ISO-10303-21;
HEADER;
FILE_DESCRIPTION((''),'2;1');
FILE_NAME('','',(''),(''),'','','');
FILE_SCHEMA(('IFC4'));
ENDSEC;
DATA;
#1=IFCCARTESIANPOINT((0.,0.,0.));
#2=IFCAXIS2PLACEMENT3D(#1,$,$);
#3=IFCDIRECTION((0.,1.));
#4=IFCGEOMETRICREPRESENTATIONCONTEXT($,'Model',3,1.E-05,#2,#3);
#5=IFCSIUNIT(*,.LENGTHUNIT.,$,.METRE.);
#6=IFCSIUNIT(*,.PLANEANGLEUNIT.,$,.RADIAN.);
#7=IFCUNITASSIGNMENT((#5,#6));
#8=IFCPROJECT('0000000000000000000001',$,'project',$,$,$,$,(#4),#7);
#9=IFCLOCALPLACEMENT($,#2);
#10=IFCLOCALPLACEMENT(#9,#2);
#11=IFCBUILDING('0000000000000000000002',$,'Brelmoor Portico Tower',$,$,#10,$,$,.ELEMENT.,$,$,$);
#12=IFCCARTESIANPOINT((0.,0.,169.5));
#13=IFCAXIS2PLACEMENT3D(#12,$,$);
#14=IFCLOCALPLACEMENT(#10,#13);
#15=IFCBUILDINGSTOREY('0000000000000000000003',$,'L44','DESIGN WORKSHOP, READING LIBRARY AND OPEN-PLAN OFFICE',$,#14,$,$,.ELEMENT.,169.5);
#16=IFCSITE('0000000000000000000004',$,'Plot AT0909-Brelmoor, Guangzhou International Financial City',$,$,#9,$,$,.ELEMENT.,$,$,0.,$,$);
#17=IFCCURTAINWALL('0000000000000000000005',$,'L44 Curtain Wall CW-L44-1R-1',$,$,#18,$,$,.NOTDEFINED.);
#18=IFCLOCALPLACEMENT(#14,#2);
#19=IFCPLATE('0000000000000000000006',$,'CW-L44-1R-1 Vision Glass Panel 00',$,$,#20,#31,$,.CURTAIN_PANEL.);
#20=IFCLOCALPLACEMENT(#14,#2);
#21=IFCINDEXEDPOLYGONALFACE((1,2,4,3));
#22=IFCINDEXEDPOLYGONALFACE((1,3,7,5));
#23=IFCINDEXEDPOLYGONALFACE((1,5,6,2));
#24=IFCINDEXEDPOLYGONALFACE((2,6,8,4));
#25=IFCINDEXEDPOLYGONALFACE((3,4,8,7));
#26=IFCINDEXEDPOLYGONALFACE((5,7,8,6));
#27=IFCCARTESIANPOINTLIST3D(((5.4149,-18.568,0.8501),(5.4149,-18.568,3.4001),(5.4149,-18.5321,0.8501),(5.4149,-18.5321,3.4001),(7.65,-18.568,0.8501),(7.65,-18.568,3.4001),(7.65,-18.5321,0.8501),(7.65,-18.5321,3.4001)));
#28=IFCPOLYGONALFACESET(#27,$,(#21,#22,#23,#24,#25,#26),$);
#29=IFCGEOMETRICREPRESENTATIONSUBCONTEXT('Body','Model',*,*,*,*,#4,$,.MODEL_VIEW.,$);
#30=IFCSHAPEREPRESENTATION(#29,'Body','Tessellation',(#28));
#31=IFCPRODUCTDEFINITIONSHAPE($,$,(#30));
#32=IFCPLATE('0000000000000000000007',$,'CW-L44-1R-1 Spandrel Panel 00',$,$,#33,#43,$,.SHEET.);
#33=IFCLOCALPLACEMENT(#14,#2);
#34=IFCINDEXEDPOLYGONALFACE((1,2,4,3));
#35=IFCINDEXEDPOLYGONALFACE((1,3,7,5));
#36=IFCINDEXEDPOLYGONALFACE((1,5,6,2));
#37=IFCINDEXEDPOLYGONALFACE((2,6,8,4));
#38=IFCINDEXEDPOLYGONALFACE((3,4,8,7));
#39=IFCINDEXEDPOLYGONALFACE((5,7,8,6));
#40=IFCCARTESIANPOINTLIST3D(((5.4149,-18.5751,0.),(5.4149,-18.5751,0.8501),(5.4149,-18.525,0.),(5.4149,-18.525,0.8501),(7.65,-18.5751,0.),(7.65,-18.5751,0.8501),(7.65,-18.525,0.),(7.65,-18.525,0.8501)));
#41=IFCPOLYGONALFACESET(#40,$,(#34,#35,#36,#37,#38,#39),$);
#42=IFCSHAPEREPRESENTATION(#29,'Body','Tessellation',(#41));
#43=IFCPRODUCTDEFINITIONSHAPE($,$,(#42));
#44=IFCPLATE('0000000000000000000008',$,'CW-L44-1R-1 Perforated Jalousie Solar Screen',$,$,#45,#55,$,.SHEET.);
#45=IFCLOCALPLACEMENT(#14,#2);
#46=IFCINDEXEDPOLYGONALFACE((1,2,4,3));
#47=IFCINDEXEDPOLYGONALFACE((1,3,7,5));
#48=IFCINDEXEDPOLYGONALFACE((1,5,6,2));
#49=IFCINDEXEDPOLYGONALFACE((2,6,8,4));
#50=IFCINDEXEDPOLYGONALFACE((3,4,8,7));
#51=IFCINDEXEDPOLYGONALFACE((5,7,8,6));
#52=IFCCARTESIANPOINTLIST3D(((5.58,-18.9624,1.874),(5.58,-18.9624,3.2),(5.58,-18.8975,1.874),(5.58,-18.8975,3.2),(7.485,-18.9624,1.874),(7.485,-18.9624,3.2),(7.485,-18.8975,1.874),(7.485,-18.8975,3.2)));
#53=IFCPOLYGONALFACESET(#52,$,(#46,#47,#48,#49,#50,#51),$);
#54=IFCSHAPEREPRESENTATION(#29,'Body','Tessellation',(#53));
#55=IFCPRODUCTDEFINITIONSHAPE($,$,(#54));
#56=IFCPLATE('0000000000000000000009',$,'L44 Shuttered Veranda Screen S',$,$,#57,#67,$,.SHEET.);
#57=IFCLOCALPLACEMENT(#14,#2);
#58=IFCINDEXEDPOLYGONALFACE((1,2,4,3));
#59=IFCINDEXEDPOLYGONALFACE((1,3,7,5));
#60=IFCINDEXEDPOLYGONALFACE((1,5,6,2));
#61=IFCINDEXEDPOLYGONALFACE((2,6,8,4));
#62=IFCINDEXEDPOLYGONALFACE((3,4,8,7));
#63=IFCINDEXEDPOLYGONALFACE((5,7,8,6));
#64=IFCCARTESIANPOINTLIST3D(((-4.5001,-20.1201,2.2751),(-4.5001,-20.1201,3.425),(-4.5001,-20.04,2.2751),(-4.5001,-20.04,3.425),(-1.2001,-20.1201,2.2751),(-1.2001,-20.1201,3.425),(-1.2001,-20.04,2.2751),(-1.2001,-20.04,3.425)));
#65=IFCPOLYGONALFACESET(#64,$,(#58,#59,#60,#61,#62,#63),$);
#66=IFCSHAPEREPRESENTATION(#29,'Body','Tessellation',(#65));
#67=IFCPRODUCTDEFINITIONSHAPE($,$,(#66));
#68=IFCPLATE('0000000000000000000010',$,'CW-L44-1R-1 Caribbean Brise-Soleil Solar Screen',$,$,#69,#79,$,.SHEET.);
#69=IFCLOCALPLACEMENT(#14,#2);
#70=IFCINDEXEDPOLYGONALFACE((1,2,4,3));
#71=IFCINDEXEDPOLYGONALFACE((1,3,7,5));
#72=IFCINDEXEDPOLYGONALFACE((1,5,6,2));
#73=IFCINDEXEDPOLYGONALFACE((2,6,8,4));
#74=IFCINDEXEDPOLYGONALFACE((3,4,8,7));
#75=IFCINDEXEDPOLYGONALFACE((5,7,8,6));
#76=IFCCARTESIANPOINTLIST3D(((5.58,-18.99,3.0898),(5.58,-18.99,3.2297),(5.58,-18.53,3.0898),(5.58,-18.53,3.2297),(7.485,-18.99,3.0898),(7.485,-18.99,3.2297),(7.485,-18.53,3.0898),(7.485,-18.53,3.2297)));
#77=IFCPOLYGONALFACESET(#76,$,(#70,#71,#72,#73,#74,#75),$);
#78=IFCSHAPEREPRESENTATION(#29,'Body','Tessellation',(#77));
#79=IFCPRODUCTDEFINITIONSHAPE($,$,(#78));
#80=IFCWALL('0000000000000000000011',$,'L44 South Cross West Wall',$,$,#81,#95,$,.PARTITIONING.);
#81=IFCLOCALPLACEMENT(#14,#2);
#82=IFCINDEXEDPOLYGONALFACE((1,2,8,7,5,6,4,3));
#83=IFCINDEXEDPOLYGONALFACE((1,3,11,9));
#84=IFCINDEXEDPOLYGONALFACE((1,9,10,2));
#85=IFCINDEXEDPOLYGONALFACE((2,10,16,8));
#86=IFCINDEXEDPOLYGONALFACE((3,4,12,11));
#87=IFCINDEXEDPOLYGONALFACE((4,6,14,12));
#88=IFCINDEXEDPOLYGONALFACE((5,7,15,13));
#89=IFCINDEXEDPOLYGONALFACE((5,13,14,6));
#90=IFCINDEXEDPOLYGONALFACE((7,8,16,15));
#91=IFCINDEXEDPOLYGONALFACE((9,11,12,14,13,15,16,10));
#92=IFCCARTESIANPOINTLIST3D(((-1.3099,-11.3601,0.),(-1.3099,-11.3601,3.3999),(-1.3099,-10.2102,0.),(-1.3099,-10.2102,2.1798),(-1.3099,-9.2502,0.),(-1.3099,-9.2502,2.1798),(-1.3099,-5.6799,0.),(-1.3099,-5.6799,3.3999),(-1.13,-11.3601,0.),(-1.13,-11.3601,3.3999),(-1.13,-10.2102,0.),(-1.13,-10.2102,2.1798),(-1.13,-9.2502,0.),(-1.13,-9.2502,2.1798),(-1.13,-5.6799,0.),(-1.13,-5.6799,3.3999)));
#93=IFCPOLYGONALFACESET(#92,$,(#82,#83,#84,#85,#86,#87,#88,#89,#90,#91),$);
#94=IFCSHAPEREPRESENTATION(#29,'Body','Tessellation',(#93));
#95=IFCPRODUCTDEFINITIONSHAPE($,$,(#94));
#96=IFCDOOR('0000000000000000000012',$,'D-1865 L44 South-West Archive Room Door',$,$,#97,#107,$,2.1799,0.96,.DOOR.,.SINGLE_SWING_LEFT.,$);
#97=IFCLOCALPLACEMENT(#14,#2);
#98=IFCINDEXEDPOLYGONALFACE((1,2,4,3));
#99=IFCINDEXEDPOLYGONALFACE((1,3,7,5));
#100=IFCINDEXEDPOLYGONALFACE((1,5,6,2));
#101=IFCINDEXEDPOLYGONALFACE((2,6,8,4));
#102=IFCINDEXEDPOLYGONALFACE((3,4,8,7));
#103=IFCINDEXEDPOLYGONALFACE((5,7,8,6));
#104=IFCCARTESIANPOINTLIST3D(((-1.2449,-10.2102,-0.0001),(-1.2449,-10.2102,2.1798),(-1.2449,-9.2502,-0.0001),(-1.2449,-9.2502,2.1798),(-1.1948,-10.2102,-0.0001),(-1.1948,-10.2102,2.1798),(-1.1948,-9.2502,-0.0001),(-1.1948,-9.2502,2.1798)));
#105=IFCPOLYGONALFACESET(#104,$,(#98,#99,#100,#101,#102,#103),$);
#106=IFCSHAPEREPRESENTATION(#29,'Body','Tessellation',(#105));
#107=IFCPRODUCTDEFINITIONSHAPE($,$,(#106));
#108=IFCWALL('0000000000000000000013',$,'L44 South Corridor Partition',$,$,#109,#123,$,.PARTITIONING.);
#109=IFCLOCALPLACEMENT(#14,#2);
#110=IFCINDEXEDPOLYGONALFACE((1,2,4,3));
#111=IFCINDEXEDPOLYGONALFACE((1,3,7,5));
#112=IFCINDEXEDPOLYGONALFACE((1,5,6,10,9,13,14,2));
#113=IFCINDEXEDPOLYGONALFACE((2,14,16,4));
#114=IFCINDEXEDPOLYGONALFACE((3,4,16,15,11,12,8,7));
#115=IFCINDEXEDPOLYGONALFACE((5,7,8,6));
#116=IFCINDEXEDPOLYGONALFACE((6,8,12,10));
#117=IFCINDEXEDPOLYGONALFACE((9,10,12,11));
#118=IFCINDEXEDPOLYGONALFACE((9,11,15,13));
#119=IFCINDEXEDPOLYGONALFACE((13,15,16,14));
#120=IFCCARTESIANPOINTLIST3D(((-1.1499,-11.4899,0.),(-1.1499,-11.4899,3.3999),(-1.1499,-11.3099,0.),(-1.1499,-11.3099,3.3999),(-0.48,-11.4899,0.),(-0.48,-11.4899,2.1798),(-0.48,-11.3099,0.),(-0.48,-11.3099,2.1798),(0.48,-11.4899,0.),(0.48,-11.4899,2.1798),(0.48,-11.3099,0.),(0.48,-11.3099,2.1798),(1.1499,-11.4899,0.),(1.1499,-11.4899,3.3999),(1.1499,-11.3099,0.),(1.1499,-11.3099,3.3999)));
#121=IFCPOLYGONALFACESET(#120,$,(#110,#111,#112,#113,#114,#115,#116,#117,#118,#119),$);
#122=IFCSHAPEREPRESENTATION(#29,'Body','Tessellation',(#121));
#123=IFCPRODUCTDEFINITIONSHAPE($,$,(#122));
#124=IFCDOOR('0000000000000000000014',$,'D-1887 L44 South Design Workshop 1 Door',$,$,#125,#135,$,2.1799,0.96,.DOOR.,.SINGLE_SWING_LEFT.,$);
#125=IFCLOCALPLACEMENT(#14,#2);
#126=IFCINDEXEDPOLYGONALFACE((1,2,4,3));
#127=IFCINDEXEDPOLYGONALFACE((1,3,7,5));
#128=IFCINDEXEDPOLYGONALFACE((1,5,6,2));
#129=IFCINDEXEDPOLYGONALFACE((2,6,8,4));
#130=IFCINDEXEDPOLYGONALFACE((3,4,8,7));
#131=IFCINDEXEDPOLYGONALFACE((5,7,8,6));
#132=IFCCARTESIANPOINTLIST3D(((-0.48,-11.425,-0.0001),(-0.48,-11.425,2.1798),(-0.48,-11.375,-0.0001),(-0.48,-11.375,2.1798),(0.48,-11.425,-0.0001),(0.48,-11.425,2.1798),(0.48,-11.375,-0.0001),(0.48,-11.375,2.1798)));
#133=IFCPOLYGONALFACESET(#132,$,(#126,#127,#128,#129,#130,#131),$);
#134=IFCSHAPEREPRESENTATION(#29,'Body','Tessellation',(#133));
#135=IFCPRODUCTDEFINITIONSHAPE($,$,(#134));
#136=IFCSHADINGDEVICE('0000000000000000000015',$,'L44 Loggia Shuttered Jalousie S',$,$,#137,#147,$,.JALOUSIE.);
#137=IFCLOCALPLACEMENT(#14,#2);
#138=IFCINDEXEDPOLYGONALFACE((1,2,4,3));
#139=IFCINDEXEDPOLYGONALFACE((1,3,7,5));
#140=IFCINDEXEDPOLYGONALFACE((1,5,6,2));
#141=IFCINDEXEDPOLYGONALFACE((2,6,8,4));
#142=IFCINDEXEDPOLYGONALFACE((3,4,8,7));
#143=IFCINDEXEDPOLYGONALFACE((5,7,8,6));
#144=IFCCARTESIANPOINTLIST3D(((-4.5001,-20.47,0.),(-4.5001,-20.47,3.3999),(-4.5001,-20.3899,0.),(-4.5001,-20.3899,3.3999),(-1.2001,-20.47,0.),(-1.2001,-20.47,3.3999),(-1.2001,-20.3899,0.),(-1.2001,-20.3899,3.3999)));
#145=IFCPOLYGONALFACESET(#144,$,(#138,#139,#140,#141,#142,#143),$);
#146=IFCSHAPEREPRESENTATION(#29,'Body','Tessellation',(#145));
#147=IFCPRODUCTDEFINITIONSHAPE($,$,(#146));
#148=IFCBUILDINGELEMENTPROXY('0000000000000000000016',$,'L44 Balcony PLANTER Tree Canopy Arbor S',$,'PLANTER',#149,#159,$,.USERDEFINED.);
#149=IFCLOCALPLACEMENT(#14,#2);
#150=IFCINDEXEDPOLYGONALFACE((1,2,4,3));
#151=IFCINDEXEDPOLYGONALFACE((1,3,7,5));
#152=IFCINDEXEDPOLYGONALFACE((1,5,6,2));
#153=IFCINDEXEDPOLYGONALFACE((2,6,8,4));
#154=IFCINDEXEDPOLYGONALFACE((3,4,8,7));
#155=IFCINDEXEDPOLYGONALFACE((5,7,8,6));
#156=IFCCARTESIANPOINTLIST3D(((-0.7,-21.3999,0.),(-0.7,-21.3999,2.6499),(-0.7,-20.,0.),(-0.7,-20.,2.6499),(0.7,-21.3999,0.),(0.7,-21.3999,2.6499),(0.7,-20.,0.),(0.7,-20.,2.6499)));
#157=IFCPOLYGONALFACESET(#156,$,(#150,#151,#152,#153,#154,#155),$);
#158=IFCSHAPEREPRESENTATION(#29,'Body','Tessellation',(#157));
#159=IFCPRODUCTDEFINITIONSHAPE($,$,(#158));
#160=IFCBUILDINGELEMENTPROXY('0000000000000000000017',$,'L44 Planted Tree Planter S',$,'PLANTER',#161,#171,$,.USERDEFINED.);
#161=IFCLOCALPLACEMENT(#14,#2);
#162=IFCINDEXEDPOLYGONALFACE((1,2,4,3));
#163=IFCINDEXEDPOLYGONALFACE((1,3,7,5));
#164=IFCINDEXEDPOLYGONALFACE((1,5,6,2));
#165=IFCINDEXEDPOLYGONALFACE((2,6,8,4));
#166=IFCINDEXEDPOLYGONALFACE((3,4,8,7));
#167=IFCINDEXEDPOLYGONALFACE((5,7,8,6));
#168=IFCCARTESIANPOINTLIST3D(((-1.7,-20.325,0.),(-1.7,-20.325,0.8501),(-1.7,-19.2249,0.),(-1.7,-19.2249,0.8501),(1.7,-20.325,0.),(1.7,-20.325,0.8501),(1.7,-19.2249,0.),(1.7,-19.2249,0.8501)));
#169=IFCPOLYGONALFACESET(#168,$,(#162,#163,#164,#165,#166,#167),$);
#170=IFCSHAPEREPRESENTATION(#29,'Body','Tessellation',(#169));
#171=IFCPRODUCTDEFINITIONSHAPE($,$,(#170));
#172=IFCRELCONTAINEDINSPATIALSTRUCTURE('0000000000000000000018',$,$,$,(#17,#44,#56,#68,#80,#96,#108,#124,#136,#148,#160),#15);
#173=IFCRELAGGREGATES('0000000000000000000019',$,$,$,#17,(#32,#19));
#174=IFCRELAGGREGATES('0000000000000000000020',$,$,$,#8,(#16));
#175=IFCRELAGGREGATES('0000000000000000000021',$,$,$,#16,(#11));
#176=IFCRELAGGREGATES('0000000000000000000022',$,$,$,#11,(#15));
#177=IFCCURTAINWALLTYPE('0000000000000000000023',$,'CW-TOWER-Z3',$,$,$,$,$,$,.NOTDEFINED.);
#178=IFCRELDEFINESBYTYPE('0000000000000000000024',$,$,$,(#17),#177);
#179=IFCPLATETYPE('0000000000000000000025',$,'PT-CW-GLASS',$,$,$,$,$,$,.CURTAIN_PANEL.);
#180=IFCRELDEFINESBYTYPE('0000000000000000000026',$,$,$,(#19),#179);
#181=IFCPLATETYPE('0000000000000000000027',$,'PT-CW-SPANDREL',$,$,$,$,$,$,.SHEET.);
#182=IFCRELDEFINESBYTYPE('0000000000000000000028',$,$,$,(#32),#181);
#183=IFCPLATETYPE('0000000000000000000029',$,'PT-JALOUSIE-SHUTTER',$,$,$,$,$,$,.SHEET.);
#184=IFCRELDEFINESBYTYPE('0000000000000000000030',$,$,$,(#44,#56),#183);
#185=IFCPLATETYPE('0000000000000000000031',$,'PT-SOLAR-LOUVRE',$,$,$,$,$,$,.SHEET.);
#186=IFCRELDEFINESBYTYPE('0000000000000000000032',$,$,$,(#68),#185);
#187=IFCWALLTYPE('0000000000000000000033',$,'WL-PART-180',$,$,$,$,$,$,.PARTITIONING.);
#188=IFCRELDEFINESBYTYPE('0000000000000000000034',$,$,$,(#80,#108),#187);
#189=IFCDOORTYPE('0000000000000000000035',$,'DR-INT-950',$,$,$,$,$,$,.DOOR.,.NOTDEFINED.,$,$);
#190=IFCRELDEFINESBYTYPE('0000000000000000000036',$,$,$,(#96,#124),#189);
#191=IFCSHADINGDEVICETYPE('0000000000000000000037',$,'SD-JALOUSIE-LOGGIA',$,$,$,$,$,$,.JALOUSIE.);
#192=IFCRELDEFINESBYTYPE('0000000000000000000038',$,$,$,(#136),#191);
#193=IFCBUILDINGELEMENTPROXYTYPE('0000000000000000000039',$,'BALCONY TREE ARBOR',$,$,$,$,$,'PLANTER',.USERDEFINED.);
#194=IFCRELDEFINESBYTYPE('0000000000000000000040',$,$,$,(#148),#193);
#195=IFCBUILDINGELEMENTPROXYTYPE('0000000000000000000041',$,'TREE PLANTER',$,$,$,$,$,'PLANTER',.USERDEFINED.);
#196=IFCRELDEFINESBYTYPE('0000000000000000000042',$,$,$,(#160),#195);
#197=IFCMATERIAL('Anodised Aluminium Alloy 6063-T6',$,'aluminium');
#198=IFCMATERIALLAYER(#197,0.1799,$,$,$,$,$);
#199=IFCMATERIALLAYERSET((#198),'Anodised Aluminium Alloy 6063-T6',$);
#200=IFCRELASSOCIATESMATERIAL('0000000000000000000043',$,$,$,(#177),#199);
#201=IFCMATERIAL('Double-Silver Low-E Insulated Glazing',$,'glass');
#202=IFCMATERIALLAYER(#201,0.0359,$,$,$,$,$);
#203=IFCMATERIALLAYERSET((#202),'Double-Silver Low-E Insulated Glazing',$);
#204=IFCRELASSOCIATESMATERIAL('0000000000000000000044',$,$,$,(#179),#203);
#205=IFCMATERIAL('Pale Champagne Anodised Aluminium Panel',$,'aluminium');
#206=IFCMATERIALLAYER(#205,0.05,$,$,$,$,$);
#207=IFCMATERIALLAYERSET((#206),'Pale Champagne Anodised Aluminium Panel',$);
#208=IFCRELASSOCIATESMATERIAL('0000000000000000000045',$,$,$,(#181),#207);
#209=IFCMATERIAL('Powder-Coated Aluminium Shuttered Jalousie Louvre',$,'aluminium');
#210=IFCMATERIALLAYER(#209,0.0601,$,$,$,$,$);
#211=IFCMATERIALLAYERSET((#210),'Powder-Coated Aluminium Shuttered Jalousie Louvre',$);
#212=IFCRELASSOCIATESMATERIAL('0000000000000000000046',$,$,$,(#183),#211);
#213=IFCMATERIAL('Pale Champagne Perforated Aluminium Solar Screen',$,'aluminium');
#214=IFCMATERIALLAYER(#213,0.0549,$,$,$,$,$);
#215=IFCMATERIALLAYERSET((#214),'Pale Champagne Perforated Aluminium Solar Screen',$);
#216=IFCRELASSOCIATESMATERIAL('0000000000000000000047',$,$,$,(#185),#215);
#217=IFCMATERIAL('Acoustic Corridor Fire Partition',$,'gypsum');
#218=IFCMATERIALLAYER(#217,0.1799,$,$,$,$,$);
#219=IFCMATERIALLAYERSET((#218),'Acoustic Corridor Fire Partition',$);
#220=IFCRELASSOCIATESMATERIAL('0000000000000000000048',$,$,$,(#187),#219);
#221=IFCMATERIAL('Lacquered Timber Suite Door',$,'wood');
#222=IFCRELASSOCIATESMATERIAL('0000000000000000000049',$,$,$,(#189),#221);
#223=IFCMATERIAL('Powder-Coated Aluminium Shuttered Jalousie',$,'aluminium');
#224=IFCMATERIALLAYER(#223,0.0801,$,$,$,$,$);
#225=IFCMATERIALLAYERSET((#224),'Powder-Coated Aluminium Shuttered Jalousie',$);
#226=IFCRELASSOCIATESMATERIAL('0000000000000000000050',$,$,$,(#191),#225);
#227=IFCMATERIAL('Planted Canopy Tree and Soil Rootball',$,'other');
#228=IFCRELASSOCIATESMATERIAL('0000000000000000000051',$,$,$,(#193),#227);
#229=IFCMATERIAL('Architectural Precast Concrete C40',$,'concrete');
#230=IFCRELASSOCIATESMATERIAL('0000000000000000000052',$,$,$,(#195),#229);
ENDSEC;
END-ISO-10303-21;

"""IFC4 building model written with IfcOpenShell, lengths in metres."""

from ifc_helpers import new_model, si_unit, direction, frame, frame_2d, origin, origin_2d, place, context, subcontext, project, spatial, rectangle, extrude, material, layer, layer_set, type_object, element, fill, aggregate, save


model = new_model("IFC4")

# Units and contexts
model_context = context("Model", 3, precision=1e-05, world=origin(), true_north=direction((0.0, 1.0)))
body_context = subcontext(model_context, "Body", "Model", "MODEL_VIEW")
ifc_project = project(units=[si_unit("LENGTHUNIT", "METRE"), si_unit("PLANEANGLEUNIT", "RADIAN")], contexts=[model_context])

# Site, building, storey
site_placement = place(None, origin())
site = spatial("IfcSite", under=ifc_project, at=site_placement, Name="Plot AT0909-Brelmoor, Guangzhou International Financial City", CompositionType="ELEMENT", RefElevation=0.0)
building_placement = place(site_placement, origin())
building = spatial("IfcBuilding", under=site, at=building_placement, Name="Brelmoor Portico Tower", CompositionType="ELEMENT")
storey_placement = place(building_placement, frame((0.0, 0.0, 169.5)))
storey = spatial("IfcBuildingStorey", under=building, at=storey_placement, Name="L44", Description="DESIGN WORKSHOP, READING LIBRARY AND OPEN-PLAN OFFICE", CompositionType="ELEMENT", Elevation=169.5)

# Curtain wall
ifc_material_1 = material(Name="Anodised Aluminium Alloy 6063-T6", Category="aluminium")
ifc_layer_1 = layer(ifc_material_1, 0.1799)
ifc_layer_set_1 = layer_set([ifc_layer_1], Name="Anodised Aluminium Alloy 6063-T6")
curtain_wall_type_1 = type_object("IfcCurtainWallType", Name="CW-TOWER-Z3", PredefinedType="NOTDEFINED", material=ifc_layer_set_1)
curtain_wall_1_placement = place(storey_placement, origin())
curtain_wall_1 = element("IfcCurtainWall", 1, at=curtain_wall_1_placement, inside=storey, type_object=curtain_wall_type_1, Name="L44 Curtain Wall CW-L44-1R-1", PredefinedType="NOTDEFINED")

# Plates
ifc_material_2 = material(Name="Double-Silver Low-E Insulated Glazing", Category="glass")
ifc_layer_2 = layer(ifc_material_2, 0.0359)
ifc_layer_set_2 = layer_set([ifc_layer_2], Name="Double-Silver Low-E Insulated Glazing")
plate_type_1 = type_object("IfcPlateType", Name="PT-CW-GLASS", PredefinedType="CURTAIN_PANEL", material=ifc_layer_set_2)
plate_1_placement = place(storey_placement, frame((6.5325, -18.55, 0.8501), z_axis=(0.0, 0.0, 1.0), x_axis=(1.0, 0.0, 0.0)))
plate_1 = element("IfcPlate", 2, at=plate_1_placement, type_object=plate_type_1, Name="CW-L44-1R-1 Vision Glass Panel 00", PredefinedType="CURTAIN_PANEL", context=body_context, shape_type="SweptSolid", body=[
    extrude(rectangle(XDim=2.2351, YDim=0.0359, at=origin_2d()), origin(), (0.0, 0.0, 1.0), 2.55),
])
ifc_material_3 = material(Name="Pale Champagne Anodised Aluminium Panel", Category="aluminium")
ifc_layer_3 = layer(ifc_material_3, 0.05)
ifc_layer_set_3 = layer_set([ifc_layer_3], Name="Pale Champagne Anodised Aluminium Panel")
plate_type_2 = type_object("IfcPlateType", Name="PT-CW-SPANDREL", PredefinedType="SHEET", material=ifc_layer_set_3)
plate_2_placement = place(storey_placement, frame((6.5325, -18.55, 0.0), z_axis=(0.0, 0.0, 1.0), x_axis=(1.0, 0.0, 0.0)))
plate_2 = element("IfcPlate", 3, at=plate_2_placement, type_object=plate_type_2, Name="CW-L44-1R-1 Spandrel Panel 00", PredefinedType="SHEET", context=body_context, shape_type="SweptSolid", body=[
    extrude(rectangle(XDim=2.2351, YDim=0.05, at=origin_2d()), origin(), (0.0, 0.0, 1.0), 0.8501),
])
aggregate(curtain_wall_1, [plate_2, plate_1])

# Plates
ifc_material_4 = material(Name="Powder-Coated Aluminium Shuttered Jalousie Louvre", Category="aluminium")
ifc_layer_4 = layer(ifc_material_4, 0.0601)
ifc_layer_set_4 = layer_set([ifc_layer_4], Name="Powder-Coated Aluminium Shuttered Jalousie Louvre")
plate_type_3 = type_object("IfcPlateType", Name="PT-JALOUSIE-SHUTTER", PredefinedType="SHEET", material=ifc_layer_set_4)
plate_3_placement = place(storey_placement, frame((6.5325, -18.9299, 1.874), z_axis=(0.0, 0.0, 1.0), x_axis=(1.0, 0.0, 0.0)))
element("IfcPlate", 4, at=plate_3_placement, inside=storey, type_object=plate_type_3, Name="CW-L44-1R-1 Perforated Jalousie Solar Screen", PredefinedType="SHEET", context=body_context, shape_type="SweptSolid", body=[
    extrude(rectangle(XDim=1.905, YDim=0.0649, at=origin_2d()), origin(), (0.0, 0.0, 1.0), 1.3259),
])
plate_4_placement = place(storey_placement, frame((-2.8501, -20.0801, 2.2751), z_axis=(0.0, 0.0, 1.0), x_axis=(1.0, 0.0, 0.0)))
element("IfcPlate", 5, at=plate_4_placement, inside=storey, type_object=plate_type_3, Name="L44 Shuttered Veranda Screen S", PredefinedType="SHEET", context=body_context, shape_type="SweptSolid", body=[
    extrude(rectangle(XDim=3.3, YDim=0.0801, at=origin_2d()), origin(), (0.0, 0.0, 1.0), 1.1499),
])
ifc_material_5 = material(Name="Pale Champagne Perforated Aluminium Solar Screen", Category="aluminium")
ifc_layer_5 = layer(ifc_material_5, 0.0549)
ifc_layer_set_5 = layer_set([ifc_layer_5], Name="Pale Champagne Perforated Aluminium Solar Screen")
plate_type_4 = type_object("IfcPlateType", Name="PT-SOLAR-LOUVRE", PredefinedType="SHEET", material=ifc_layer_set_5)
plate_5_placement = place(storey_placement, frame((6.5325, -18.76, 3.0898), z_axis=(0.0, 0.0, 1.0), x_axis=(1.0, 0.0, 0.0)))
element("IfcPlate", 6, at=plate_5_placement, inside=storey, type_object=plate_type_4, Name="CW-L44-1R-1 Caribbean Brise-Soleil Solar Screen", PredefinedType="SHEET", context=body_context, shape_type="SweptSolid", body=[
    extrude(rectangle(XDim=1.905, YDim=0.46, at=origin_2d()), origin(), (0.0, 0.0, 1.0), 0.1399),
])

# Walls, openings, doors
ifc_material_6 = material(Name="Acoustic Corridor Fire Partition", Category="gypsum")
ifc_layer_6 = layer(ifc_material_6, 0.1799)
ifc_layer_set_6 = layer_set([ifc_layer_6], Name="Acoustic Corridor Fire Partition")
wall_type = type_object("IfcWallType", Name="WL-PART-180", PredefinedType="PARTITIONING", material=ifc_layer_set_6)
wall_1_placement = place(storey_placement, frame((-1.22, -11.3601, 0.0), z_axis=(0.0, 0.0, 1.0), x_axis=(0.0, 1.0, 0.0)))
wall_1 = element("IfcWall", 7, at=wall_1_placement, inside=storey, type_object=wall_type, Name="L44 South Cross West Wall", PredefinedType="PARTITIONING", context=body_context, shape_type="SweptSolid", body=[
    extrude(rectangle(XDim=5.6802, YDim=0.1799, at=frame_2d((2.8401, 0.0))), origin(), (0.0, 0.0, 1.0), 3.3999),
])
opening_1_placement = place(wall_1_placement, frame((1.1499, 0.0, 0.0)))
opening_1 = element("IfcOpeningElement", 8, at=opening_1_placement, cuts=wall_1, PredefinedType="OPENING", context=body_context, shape_type="SweptSolid", body=[
    extrude(rectangle(XDim=0.96, YDim=2.1799, at=frame_2d((0.48, 1.0898))), frame((0.0, 0.0999, 0.0), z_axis=(0.0, -1.0, 0.0), x_axis=(1.0, 0.0, 0.0)), (0.0, 0.0, 1.0), 0.2),
])
ifc_material_7 = material(Name="Lacquered Timber Suite Door", Category="wood")
door_type = type_object("IfcDoorType", Name="DR-INT-950", OperationType="NOTDEFINED", PredefinedType="DOOR", material=ifc_material_7)
door_1_placement = place(opening_1_placement, origin())
door_1 = element("IfcDoor", 9, at=door_1_placement, inside=storey, type_object=door_type, Name="D-1865 L44 South-West Archive Room Door", OperationType="SINGLE_SWING_LEFT", OverallHeight=2.1799, OverallWidth=0.96, PredefinedType="DOOR", context=body_context, shape_type="SweptSolid", body=[
    extrude(rectangle(XDim=0.96, YDim=2.1799, at=frame_2d((0.48, 1.0898))), frame((0.0, 0.0249, 0.0), z_axis=(0.0, -1.0, 0.0), x_axis=(1.0, 0.0, 0.0)), (0.0, 0.0, 1.0), 0.05),
])
fill(opening_1, door_1)
wall_2_placement = place(storey_placement, frame((-1.1499, -11.3999, 0.0), z_axis=(0.0, 0.0, 1.0), x_axis=(1.0, 0.0, 0.0)))
wall_2 = element("IfcWall", 10, at=wall_2_placement, inside=storey, type_object=wall_type, Name="L44 South Corridor Partition", PredefinedType="PARTITIONING", context=body_context, shape_type="SweptSolid", body=[
    extrude(rectangle(XDim=2.2998, YDim=0.1799, at=frame_2d((1.1499, 0.0))), origin(), (0.0, 0.0, 1.0), 3.3999),
])
opening_2_placement = place(wall_2_placement, frame((0.6699, 0.0, 0.0)))
opening_2 = element("IfcOpeningElement", 11, at=opening_2_placement, cuts=wall_2, PredefinedType="OPENING", context=body_context, shape_type="SweptSolid", body=[
    extrude(rectangle(XDim=0.96, YDim=2.1799, at=frame_2d((0.48, 1.0898))), frame((0.0, 0.0999, 0.0), z_axis=(0.0, -1.0, 0.0), x_axis=(1.0, 0.0, 0.0)), (0.0, 0.0, 1.0), 0.2),
])
door_2_placement = place(opening_2_placement, origin())
door_2 = element("IfcDoor", 12, at=door_2_placement, inside=storey, type_object=door_type, Name="D-1887 L44 South Design Workshop 1 Door", OperationType="SINGLE_SWING_LEFT", OverallHeight=2.1799, OverallWidth=0.96, PredefinedType="DOOR", context=body_context, shape_type="SweptSolid", body=[
    extrude(rectangle(XDim=0.96, YDim=2.1799, at=frame_2d((0.48, 1.0898))), frame((0.0, 0.0249, 0.0), z_axis=(0.0, -1.0, 0.0), x_axis=(1.0, 0.0, 0.0)), (0.0, 0.0, 1.0), 0.05),
])
fill(opening_2, door_2)

# Shading device
ifc_material_8 = material(Name="Powder-Coated Aluminium Shuttered Jalousie", Category="aluminium")
ifc_layer_7 = layer(ifc_material_8, 0.0801)
ifc_layer_set_7 = layer_set([ifc_layer_7], Name="Powder-Coated Aluminium Shuttered Jalousie")
shading_device_type = type_object("IfcShadingDeviceType", Name="SD-JALOUSIE-LOGGIA", PredefinedType="JALOUSIE", material=ifc_layer_set_7)
shading_device_placement = place(storey_placement, frame((-2.8501, -20.4299, 0.0), z_axis=(0.0, 0.0, 1.0), x_axis=(1.0, 0.0, 0.0)))
element("IfcShadingDevice", 13, at=shading_device_placement, inside=storey, type_object=shading_device_type, Name="L44 Loggia Shuttered Jalousie S", PredefinedType="JALOUSIE", context=body_context, shape_type="SweptSolid", body=[
    extrude(rectangle(XDim=3.3, YDim=0.0801, at=origin_2d()), origin(), (0.0, 0.0, 1.0), 3.3999),
])

# Building element proxies
ifc_material_9 = material(Name="Planted Canopy Tree and Soil Rootball", Category="other")
building_element_proxy_type_1 = type_object("IfcBuildingElementProxyType", Name="BALCONY TREE ARBOR", ElementType="PLANTER", PredefinedType="USERDEFINED", material=ifc_material_9)
proxy_1_placement = place(storey_placement, frame((0.0, -20.7, 0.0), z_axis=(0.0, 0.0, 1.0), x_axis=(1.0, 0.0, 0.0)))
element("IfcBuildingElementProxy", 14, at=proxy_1_placement, inside=storey, type_object=building_element_proxy_type_1, Name="L44 Balcony PLANTER Tree Canopy Arbor S", ObjectType="PLANTER", PredefinedType="USERDEFINED", context=body_context, shape_type="SweptSolid", body=[
    extrude(rectangle(XDim=1.3999, YDim=1.3999, at=origin_2d()), origin(), (0.0, 0.0, 1.0), 2.6499),
])
ifc_material_10 = material(Name="Architectural Precast Concrete C40", Category="concrete")
building_element_proxy_type_2 = type_object("IfcBuildingElementProxyType", Name="TREE PLANTER", ElementType="PLANTER", PredefinedType="USERDEFINED", material=ifc_material_10)
proxy_2_placement = place(storey_placement, frame((0.0, -19.7749, 0.0), z_axis=(0.0, 0.0, 1.0), x_axis=(1.0, 0.0, 0.0)))
element("IfcBuildingElementProxy", 15, at=proxy_2_placement, inside=storey, type_object=building_element_proxy_type_2, Name="L44 Planted Tree Planter S", ObjectType="PLANTER", PredefinedType="USERDEFINED", context=body_context, shape_type="SweptSolid", body=[
    extrude(rectangle(XDim=3.3999, YDim=1.1001, at=origin_2d()), origin(), (0.0, 0.0, 1.0), 0.8501),
])

save(model, "model.ifc")
